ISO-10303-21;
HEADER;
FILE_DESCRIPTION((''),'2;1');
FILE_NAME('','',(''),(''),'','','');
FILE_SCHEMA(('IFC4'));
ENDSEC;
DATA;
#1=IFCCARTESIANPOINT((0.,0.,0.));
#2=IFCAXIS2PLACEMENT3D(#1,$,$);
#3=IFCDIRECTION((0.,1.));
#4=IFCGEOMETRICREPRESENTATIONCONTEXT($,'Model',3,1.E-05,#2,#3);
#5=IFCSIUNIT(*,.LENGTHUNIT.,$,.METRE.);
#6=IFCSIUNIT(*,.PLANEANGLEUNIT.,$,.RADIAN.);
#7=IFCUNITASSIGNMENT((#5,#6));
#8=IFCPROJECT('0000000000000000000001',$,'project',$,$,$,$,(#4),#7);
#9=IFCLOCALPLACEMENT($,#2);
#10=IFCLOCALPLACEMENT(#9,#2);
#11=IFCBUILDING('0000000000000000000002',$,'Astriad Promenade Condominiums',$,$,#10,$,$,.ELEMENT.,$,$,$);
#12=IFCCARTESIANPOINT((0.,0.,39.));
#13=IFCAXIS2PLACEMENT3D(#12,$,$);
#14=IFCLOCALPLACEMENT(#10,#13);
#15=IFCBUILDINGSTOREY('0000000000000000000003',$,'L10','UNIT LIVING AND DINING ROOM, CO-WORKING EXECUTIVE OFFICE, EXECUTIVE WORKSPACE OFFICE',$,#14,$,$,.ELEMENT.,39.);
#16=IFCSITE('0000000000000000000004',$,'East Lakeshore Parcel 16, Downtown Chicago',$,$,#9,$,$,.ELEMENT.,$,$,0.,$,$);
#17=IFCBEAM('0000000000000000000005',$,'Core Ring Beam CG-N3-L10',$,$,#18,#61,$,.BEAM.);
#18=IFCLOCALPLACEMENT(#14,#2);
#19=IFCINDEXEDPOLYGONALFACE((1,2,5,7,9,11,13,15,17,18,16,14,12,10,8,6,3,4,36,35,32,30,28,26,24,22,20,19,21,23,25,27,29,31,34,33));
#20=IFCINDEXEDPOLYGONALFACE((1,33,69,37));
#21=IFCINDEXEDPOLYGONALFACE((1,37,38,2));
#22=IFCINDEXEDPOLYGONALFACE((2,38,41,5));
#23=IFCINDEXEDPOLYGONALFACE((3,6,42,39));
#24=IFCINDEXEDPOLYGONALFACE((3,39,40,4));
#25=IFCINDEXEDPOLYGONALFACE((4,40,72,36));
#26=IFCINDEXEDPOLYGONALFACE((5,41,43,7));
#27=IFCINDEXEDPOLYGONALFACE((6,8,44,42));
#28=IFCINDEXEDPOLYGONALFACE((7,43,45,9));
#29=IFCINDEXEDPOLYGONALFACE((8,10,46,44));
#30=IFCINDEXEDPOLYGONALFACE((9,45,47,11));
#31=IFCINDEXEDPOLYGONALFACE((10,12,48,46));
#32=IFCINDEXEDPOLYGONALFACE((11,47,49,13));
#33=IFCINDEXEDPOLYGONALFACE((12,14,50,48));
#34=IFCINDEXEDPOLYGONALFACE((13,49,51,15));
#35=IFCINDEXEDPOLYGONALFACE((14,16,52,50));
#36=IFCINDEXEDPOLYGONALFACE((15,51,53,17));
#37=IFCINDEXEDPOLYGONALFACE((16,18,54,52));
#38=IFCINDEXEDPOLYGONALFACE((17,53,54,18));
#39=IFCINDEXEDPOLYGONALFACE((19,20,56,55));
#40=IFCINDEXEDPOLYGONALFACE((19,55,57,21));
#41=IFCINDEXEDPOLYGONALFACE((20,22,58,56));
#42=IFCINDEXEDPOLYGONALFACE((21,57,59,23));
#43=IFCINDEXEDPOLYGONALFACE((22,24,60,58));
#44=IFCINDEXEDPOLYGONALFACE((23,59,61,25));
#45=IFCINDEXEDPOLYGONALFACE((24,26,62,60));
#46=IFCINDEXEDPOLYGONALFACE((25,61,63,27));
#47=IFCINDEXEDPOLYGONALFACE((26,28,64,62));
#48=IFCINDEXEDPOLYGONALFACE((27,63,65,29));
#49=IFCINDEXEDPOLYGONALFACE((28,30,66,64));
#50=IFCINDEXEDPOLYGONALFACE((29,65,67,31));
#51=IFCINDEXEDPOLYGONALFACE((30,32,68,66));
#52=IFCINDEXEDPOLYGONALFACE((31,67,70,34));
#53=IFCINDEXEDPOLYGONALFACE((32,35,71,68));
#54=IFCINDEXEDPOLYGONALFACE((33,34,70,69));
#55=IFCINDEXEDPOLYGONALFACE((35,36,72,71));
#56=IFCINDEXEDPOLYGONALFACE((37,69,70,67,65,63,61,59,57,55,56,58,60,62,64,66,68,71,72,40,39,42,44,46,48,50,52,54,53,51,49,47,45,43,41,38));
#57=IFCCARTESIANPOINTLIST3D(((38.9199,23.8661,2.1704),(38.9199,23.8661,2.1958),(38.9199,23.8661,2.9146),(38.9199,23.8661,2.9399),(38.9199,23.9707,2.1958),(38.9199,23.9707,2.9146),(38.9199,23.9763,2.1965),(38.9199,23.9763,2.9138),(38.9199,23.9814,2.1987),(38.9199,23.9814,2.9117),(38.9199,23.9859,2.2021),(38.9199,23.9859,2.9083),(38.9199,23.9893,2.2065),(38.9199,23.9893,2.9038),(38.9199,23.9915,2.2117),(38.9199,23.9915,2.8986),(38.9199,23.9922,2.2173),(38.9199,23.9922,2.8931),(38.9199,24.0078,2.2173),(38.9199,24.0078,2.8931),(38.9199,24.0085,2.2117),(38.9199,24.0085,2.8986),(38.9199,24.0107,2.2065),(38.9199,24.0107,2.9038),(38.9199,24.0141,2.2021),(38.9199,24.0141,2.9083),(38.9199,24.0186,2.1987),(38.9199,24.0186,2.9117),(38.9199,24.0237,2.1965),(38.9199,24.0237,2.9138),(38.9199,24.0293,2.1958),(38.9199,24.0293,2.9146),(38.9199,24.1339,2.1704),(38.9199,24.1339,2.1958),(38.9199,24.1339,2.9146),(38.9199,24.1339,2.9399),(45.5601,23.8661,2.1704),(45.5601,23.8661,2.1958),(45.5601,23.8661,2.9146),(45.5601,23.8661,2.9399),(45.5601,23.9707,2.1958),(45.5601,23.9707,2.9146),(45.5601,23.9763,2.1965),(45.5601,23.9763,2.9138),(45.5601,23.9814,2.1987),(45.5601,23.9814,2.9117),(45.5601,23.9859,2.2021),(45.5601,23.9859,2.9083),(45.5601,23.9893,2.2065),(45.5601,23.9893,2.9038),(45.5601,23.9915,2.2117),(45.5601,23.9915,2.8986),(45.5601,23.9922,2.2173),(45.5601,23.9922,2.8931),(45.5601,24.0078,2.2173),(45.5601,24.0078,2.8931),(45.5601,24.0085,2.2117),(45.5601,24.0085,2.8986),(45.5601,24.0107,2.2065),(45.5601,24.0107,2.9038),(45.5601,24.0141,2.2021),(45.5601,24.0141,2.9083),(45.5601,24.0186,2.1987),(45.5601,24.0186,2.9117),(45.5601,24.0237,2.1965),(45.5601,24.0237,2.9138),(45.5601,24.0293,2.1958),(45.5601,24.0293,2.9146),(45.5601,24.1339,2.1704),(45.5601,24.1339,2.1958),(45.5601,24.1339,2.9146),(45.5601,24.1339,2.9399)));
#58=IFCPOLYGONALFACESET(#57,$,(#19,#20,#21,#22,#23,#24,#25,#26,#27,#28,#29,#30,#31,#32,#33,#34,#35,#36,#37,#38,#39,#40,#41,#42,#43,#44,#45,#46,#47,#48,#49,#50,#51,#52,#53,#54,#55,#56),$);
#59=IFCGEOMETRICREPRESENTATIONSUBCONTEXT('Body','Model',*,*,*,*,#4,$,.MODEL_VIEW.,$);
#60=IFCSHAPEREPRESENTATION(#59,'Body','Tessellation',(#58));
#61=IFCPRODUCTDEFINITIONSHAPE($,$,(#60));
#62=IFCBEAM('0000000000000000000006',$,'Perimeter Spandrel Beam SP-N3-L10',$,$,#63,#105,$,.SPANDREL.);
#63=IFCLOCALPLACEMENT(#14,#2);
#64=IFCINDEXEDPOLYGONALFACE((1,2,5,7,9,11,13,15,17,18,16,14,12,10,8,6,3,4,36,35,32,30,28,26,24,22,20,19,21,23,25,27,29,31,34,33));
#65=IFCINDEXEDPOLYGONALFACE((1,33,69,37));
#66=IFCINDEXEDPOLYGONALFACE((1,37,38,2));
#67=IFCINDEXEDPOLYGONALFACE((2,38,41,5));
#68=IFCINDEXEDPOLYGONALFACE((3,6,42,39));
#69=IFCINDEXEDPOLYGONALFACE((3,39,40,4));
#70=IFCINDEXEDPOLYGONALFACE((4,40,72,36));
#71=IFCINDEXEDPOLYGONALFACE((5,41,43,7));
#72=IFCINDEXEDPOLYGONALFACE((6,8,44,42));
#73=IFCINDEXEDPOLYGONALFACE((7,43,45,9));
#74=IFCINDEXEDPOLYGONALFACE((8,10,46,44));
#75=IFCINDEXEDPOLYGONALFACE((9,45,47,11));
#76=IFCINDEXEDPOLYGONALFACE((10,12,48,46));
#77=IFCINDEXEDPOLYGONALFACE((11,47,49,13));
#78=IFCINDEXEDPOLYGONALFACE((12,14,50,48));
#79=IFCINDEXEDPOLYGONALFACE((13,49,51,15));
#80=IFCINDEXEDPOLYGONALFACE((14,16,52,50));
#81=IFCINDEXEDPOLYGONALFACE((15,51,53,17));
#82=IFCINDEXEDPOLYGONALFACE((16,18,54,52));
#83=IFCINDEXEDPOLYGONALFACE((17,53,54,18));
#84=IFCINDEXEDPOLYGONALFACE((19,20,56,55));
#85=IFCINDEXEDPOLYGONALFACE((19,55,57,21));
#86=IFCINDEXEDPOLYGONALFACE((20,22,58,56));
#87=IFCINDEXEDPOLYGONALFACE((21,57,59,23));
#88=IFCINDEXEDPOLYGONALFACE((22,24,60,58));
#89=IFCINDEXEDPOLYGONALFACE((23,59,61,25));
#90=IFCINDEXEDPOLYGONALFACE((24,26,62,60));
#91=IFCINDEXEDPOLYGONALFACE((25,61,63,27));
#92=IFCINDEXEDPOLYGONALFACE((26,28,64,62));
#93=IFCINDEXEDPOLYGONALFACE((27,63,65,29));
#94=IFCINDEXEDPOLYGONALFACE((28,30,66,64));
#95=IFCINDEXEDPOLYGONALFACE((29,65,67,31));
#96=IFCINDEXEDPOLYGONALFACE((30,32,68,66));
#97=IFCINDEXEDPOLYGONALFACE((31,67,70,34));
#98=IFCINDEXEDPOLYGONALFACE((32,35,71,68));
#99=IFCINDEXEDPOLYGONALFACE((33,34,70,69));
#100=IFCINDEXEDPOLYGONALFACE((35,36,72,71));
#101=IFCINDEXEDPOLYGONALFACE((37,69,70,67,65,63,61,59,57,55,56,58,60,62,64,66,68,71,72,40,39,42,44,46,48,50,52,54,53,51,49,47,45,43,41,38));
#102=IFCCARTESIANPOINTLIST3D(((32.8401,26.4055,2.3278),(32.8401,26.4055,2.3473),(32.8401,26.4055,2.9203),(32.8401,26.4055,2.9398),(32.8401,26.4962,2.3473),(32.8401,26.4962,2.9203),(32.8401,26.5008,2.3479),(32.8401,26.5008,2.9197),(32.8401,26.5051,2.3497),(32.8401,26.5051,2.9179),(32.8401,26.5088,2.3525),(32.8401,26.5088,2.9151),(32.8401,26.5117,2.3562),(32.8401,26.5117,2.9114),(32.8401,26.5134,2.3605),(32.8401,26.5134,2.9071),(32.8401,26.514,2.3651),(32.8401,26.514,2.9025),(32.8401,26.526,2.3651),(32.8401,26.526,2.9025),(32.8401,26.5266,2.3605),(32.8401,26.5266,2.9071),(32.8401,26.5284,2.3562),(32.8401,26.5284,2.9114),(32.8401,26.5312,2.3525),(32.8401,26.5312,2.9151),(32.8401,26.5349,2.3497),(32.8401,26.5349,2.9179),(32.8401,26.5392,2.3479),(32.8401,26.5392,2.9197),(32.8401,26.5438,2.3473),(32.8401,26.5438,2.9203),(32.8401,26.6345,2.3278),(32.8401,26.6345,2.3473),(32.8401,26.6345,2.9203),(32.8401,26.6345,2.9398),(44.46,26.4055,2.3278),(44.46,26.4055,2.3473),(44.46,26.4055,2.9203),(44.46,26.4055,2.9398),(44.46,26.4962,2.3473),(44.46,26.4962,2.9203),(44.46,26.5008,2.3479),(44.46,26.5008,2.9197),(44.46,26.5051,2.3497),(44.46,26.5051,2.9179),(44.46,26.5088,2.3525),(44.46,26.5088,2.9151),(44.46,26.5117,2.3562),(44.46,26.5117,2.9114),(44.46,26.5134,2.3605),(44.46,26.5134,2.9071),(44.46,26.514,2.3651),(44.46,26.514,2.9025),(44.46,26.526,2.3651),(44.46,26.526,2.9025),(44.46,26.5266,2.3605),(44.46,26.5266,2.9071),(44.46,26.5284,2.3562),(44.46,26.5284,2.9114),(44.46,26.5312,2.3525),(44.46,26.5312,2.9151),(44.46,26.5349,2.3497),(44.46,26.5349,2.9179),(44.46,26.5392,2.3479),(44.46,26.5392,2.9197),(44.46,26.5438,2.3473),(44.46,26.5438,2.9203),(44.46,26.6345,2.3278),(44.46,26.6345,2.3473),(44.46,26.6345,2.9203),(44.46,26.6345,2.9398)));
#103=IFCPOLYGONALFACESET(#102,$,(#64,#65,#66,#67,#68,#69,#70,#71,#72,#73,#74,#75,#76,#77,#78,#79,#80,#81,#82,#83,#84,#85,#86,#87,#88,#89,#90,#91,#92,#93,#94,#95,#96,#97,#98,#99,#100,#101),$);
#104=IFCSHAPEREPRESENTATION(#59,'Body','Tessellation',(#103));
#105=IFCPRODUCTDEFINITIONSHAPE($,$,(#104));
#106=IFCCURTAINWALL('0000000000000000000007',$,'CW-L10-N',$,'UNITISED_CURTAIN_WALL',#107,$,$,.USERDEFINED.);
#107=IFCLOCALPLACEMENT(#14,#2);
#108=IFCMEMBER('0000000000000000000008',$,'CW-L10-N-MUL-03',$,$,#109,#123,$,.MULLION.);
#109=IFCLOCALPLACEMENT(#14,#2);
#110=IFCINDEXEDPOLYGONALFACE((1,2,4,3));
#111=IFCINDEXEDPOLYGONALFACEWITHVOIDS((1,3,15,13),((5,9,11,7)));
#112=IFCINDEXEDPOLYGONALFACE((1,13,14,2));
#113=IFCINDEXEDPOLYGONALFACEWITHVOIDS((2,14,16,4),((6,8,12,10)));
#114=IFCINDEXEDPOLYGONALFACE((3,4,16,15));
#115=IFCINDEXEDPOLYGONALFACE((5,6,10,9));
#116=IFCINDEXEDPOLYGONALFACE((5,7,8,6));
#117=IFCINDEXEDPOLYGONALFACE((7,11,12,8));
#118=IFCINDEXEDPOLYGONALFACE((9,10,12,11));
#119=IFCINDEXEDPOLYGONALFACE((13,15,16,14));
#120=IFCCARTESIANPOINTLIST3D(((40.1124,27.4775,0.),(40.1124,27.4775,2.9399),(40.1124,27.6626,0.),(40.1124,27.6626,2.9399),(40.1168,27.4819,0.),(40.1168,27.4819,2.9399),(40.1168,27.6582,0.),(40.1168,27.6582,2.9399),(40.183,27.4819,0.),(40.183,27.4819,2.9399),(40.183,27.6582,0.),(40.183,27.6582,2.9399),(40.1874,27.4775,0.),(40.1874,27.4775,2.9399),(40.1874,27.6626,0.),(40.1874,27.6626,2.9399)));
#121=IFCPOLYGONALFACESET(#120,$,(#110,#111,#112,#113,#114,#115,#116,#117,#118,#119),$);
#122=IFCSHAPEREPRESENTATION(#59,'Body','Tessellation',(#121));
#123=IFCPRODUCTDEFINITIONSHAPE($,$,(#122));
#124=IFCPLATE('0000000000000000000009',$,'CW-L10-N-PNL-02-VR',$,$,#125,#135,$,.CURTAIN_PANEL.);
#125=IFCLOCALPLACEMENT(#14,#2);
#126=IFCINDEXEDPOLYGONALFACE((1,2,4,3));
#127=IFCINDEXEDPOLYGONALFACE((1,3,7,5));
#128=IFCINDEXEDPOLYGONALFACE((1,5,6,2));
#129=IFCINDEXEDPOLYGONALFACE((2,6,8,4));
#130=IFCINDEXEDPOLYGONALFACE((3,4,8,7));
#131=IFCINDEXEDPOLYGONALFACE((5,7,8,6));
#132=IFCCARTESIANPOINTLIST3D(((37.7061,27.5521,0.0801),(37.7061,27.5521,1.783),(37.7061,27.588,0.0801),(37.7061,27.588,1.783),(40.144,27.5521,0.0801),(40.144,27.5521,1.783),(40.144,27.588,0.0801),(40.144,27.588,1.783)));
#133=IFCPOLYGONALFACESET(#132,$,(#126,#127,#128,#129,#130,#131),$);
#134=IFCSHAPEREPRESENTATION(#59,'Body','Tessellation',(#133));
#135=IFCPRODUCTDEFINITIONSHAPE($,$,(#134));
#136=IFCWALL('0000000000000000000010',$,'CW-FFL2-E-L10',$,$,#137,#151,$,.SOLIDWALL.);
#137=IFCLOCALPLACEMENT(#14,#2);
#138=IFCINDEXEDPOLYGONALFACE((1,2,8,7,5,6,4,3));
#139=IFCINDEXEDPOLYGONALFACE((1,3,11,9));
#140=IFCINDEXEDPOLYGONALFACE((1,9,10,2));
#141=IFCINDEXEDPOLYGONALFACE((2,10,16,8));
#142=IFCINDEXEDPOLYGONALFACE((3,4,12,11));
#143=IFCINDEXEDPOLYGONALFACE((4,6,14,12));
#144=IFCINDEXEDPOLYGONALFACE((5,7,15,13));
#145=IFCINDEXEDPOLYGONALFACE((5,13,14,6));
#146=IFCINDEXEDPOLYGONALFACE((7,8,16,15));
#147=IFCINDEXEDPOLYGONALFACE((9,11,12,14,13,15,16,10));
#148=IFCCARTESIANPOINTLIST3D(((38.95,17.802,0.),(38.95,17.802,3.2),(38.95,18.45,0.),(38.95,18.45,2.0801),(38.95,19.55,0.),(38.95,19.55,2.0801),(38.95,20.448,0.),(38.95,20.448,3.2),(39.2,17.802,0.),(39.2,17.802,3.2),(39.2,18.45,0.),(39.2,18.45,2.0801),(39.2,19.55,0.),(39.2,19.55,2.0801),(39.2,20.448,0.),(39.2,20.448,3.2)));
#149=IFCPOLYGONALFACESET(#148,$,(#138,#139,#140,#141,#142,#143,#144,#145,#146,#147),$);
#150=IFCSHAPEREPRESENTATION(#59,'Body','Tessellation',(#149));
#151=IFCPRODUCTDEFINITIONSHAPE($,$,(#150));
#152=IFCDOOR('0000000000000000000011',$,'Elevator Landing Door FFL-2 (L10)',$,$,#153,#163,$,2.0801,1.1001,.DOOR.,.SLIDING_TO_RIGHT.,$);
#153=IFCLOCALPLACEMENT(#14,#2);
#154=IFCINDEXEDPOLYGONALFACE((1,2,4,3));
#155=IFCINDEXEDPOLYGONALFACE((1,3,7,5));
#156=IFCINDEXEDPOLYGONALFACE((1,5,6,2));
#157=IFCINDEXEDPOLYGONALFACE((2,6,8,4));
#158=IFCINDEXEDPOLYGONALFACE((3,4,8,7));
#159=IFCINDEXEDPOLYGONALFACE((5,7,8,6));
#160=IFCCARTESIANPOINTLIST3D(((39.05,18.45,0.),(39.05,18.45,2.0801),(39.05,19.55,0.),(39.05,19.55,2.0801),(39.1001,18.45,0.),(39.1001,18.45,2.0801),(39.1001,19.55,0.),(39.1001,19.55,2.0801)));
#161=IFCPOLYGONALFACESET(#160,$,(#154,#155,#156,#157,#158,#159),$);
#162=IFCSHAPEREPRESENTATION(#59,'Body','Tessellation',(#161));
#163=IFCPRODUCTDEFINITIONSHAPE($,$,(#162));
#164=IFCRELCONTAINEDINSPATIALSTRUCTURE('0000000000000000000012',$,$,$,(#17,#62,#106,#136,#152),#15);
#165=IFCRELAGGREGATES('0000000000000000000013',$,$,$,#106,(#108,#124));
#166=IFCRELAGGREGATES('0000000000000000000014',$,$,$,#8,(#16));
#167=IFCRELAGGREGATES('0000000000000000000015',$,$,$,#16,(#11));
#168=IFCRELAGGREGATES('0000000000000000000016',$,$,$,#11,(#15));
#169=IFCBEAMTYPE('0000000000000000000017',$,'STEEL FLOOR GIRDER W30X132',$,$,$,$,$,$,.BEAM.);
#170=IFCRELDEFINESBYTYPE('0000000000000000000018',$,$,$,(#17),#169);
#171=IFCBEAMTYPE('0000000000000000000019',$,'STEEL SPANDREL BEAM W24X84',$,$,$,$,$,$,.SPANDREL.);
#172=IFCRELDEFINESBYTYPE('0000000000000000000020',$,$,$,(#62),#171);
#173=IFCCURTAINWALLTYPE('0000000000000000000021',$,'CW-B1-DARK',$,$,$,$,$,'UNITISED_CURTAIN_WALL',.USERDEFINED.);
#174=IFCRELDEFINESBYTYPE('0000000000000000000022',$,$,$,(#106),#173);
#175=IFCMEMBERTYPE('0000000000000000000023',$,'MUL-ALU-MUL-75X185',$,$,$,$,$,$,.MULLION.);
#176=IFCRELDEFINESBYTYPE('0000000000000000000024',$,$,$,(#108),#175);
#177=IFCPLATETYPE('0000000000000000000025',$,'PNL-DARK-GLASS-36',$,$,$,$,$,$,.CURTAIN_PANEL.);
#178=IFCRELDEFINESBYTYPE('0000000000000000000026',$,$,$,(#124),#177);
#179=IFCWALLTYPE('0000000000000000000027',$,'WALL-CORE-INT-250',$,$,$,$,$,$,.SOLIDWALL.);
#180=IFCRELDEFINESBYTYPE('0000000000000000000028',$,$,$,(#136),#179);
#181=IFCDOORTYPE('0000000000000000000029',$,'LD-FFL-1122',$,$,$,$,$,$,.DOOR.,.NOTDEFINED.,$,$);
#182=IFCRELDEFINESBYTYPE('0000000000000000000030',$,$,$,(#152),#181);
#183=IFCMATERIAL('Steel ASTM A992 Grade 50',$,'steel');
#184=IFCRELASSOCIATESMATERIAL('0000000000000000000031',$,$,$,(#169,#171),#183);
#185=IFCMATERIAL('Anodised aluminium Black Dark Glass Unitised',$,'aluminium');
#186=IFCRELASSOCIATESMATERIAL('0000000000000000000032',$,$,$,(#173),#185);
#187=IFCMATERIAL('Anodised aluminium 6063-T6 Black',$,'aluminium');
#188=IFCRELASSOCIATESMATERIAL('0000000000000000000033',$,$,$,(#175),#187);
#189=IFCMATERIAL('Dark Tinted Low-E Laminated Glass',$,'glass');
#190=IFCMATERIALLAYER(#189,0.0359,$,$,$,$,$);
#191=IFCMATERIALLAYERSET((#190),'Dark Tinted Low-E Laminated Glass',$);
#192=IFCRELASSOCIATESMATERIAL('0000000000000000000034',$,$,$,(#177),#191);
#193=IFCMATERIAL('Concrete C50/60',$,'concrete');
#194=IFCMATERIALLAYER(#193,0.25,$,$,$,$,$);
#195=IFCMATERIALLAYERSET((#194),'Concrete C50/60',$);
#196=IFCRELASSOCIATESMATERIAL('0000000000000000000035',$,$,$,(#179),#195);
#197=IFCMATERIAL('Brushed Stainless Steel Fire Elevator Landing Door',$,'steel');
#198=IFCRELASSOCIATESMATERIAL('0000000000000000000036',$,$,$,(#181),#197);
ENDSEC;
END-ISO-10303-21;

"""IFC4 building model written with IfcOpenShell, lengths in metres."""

from ifc_helpers import new_model, si_unit, direction, frame, frame_2d, origin, origin_2d, place, context, subcontext, project, spatial, rectangle, hollow_rectangle, i_section, extrude, source, transform, mapped, material, layer, layer_set, material_profile, profile_set, type_object, type_shapes, element, fill, aggregate, save


model = new_model("IFC4")

# Units and contexts
model_context = context("Model", 3, precision=1e-05, world=origin(), true_north=direction((0.0, 1.0)))
body_context = subcontext(model_context, "Body", "Model", "MODEL_VIEW")
ifc_project = project(units=[si_unit("LENGTHUNIT", "METRE"), si_unit("PLANEANGLEUNIT", "RADIAN")], contexts=[model_context])

# Site, building, storey
site_placement = place(None, origin())
site = spatial("IfcSite", under=ifc_project, at=site_placement, Name="East Lakeshore Parcel 16, Downtown Chicago", CompositionType="ELEMENT", RefElevation=0.0)
building_placement = place(site_placement, origin())
building = spatial("IfcBuilding", under=site, at=building_placement, Name="Astriad Promenade Condominiums", CompositionType="ELEMENT")
storey_placement = place(building_placement, frame((0.0, 0.0, 39.0)))
storey = spatial("IfcBuildingStorey", under=building, at=storey_placement, Name="L10", Description="UNIT LIVING AND DINING ROOM, CO-WORKING EXECUTIVE OFFICE, EXECUTIVE WORKSPACE OFFICE", CompositionType="ELEMENT", Elevation=39.0)

# Shared definitions
ifc_material_1 = material(Name="Steel ASTM A992 Grade 50", Category="steel")

# Beams
ifc_material_profile_1 = material_profile(ifc_material_1, i_section(OverallWidth=0.2678, OverallDepth=0.7695, WebThickness=0.0156, FlangeThickness=0.0254, FilletRadius=0.0215, at=origin_2d()), Name="W30X132")
ifc_profile_set_1 = profile_set([ifc_material_profile_1], Name="Steel ASTM A992 Grade 50")
beam_type_1 = type_object("IfcBeamType", Name="STEEL FLOOR GIRDER W30X132", PredefinedType="BEAM", material=ifc_profile_set_1)
shared_shape_1 = source(origin(), body_context, "Body", "SweptSolid", [
    extrude(i_section(OverallWidth=0.2678, OverallDepth=0.7695, WebThickness=0.0156, FlangeThickness=0.0254, FilletRadius=0.0215, at=origin_2d()), origin(), (0.0, 0.0, 1.0), 6.6401),
])
type_shapes(beam_type_1, [shared_shape_1])
beam_1_placement = place(storey_placement, frame((38.9199, 24.0, 2.5552), z_axis=(1.0, 0.0, 0.0), x_axis=(0.0, 1.0, 0.0)))
element("IfcBeam", 1, at=beam_1_placement, inside=storey, type_object=beam_type_1, Name="Core Ring Beam CG-N3-L10", PredefinedType="BEAM", context=body_context, shape_type="MappedRepresentation", body=[
    mapped(shared_shape_1, transform((0.0, 0.0, 0.0), scale=1.0)),
])
ifc_material_profile_2 = material_profile(ifc_material_1, i_section(OverallWidth=0.229, OverallDepth=0.6121, WebThickness=0.012, FlangeThickness=0.0195, FilletRadius=0.0178, at=origin_2d()), Name="W24X84")
ifc_profile_set_2 = profile_set([ifc_material_profile_2], Name="Steel ASTM A992 Grade 50")
beam_type_2 = type_object("IfcBeamType", Name="STEEL SPANDREL BEAM W24X84", PredefinedType="SPANDREL", material=ifc_profile_set_2)
shared_shape_2 = source(origin(), body_context, "Body", "SweptSolid", [
    extrude(i_section(OverallWidth=0.229, OverallDepth=0.6121, WebThickness=0.012, FlangeThickness=0.0195, FilletRadius=0.0178, at=origin_2d()), origin(), (0.0, 0.0, 1.0), 11.6199),
])
type_shapes(beam_type_2, [shared_shape_2])
beam_2_placement = place(storey_placement, frame((44.46, 26.52, 2.6338), z_axis=(-1.0, 0.0, 0.0), x_axis=(0.0, -1.0, 0.0)))
element("IfcBeam", 2, at=beam_2_placement, inside=storey, type_object=beam_type_2, Name="Perimeter Spandrel Beam SP-N3-L10", PredefinedType="SPANDREL", context=body_context, shape_type="MappedRepresentation", body=[
    mapped(shared_shape_2, transform((0.0, 0.0, 0.0), scale=1.0)),
])

# Curtain wall, member, plate
ifc_material_2 = material(Name="Anodised aluminium Black Dark Glass Unitised", Category="aluminium")
curtain_wall_type = type_object("IfcCurtainWallType", Name="CW-B1-DARK", ElementType="UNITISED_CURTAIN_WALL", PredefinedType="USERDEFINED", material=ifc_material_2)
curtain_wall_placement = place(storey_placement, origin())
curtain_wall = element("IfcCurtainWall", 3, at=curtain_wall_placement, inside=storey, type_object=curtain_wall_type, Name="CW-L10-N", ObjectType="UNITISED_CURTAIN_WALL", PredefinedType="USERDEFINED")
ifc_material_3 = material(Name="Anodised aluminium 6063-T6 Black", Category="aluminium")
ifc_material_profile_3 = material_profile(ifc_material_3, hollow_rectangle(XDim=0.075, YDim=0.1851, WallThickness=0.0044, at=origin_2d()), Name="ALU-MUL-75X185")
ifc_profile_set_3 = profile_set([ifc_material_profile_3], Name="Anodised aluminium 6063-T6 Black")
member_type = type_object("IfcMemberType", Name="MUL-ALU-MUL-75X185", PredefinedType="MULLION", material=ifc_profile_set_3)
shared_shape_3 = source(origin(), body_context, "Body", "SweptSolid", [
    extrude(hollow_rectangle(XDim=0.075, YDim=0.1851, WallThickness=0.0044, at=origin_2d()), origin(), (0.0, 0.0, 1.0), 2.9399),
])
type_shapes(member_type, [shared_shape_3])
member_placement = place(storey_placement, frame((40.1499, 27.5701, 0.0), z_axis=(0.0, 0.0, 1.0), x_axis=(1.0, 0.0, 0.0)))
member = element("IfcMember", 4, at=member_placement, type_object=member_type, Name="CW-L10-N-MUL-03", PredefinedType="MULLION", context=body_context, shape_type="MappedRepresentation", body=[
    mapped(shared_shape_3, transform((0.0, 0.0, 0.0), scale=1.0)),
])
ifc_material_4 = material(Name="Dark Tinted Low-E Laminated Glass", Category="glass")
ifc_layer_1 = layer(ifc_material_4, 0.0359)
ifc_layer_set_1 = layer_set([ifc_layer_1], Name="Dark Tinted Low-E Laminated Glass")
plate_type = type_object("IfcPlateType", Name="PNL-DARK-GLASS-36", PredefinedType="CURTAIN_PANEL", material=ifc_layer_set_1)
shared_shape_4 = source(origin(), body_context, "Body", "SweptSolid", [
    extrude(rectangle(XDim=2.438, YDim=0.0359, at=origin_2d()), origin(), (0.0, 0.0, 1.0), 1.7029),
])
type_shapes(plate_type, [shared_shape_4])
plate_placement = place(storey_placement, frame((38.925, 27.5701, 0.0801), z_axis=(0.0, 0.0, 1.0), x_axis=(1.0, 0.0, 0.0)))
plate = element("IfcPlate", 5, at=plate_placement, type_object=plate_type, Name="CW-L10-N-PNL-02-VR", PredefinedType="CURTAIN_PANEL", context=body_context, shape_type="MappedRepresentation", body=[
    mapped(shared_shape_4, transform((0.0, 0.0, 0.0), scale=1.0)),
])
aggregate(curtain_wall, [member, plate])

# Wall, opening, door
ifc_material_5 = material(Name="Concrete C50/60", Category="concrete")
ifc_layer_2 = layer(ifc_material_5, 0.25)
ifc_layer_set_2 = layer_set([ifc_layer_2], Name="Concrete C50/60")
wall_type_1 = type_object("IfcWallType", Name="WALL-CORE-INT-250", PredefinedType="SOLIDWALL", material=ifc_layer_set_2)
wall_1_placement = place(storey_placement, frame((39.075, 17.802, 0.0), z_axis=(0.0, 0.0, 1.0), x_axis=(0.0, 1.0, 0.0)))
wall_1 = element("IfcWall", 6, at=wall_1_placement, inside=storey, type_object=wall_type_1, Name="CW-FFL2-E-L10", PredefinedType="SOLIDWALL", context=body_context, shape_type="SweptSolid", body=[
    extrude(rectangle(XDim=2.646, YDim=0.25, at=frame_2d((1.323, 0.0))), origin(), (0.0, 0.0, 1.0), 3.2),
])
opening_1_placement = place(wall_1_placement, frame((0.6479, 0.0, 0.0)))
opening_1 = element("IfcOpeningElement", 7, at=opening_1_placement, cuts=wall_1, PredefinedType="OPENING", context=body_context, shape_type="SweptSolid", body=[
    extrude(rectangle(XDim=1.1001, YDim=2.0801, at=frame_2d((0.55, 1.04))), frame((0.0, 0.135, 0.0), z_axis=(0.0, -1.0, 0.0), x_axis=(1.0, 0.0, 0.0)), (0.0, 0.0, 1.0), 0.27),
])
ifc_material_6 = material(Name="Brushed Stainless Steel Fire Elevator Landing Door", Category="steel")
door_type_1 = type_object("IfcDoorType", Name="LD-FFL-1122", OperationType="NOTDEFINED", PredefinedType="DOOR", material=ifc_material_6)
shared_shape_5 = source(origin(), body_context, "Body", "SweptSolid", [
    extrude(rectangle(XDim=1.1001, YDim=2.0801, at=frame_2d((0.55, 1.04))), frame((0.0, 0.0249, 0.0), z_axis=(0.0, -1.0, 0.0), x_axis=(1.0, 0.0, 0.0)), (0.0, 0.0, 1.0), 0.05),
])
type_shapes(door_type_1, [shared_shape_5])
door_1_placement = place(opening_1_placement, origin())
door_1 = element("IfcDoor", 8, at=door_1_placement, inside=storey, type_object=door_type_1, Name="Elevator Landing Door FFL-2 (L10)", OperationType="SLIDING_TO_RIGHT", OverallHeight=2.0801, OverallWidth=1.1001, PredefinedType="DOOR", context=body_context, shape_type="MappedRepresentation", body=[
    mapped(shared_shape_5, transform((0.0, 0.0, 0.0), scale=1.0)),
])
fill(opening_1, door_1)

save(model, "model.ifc")
